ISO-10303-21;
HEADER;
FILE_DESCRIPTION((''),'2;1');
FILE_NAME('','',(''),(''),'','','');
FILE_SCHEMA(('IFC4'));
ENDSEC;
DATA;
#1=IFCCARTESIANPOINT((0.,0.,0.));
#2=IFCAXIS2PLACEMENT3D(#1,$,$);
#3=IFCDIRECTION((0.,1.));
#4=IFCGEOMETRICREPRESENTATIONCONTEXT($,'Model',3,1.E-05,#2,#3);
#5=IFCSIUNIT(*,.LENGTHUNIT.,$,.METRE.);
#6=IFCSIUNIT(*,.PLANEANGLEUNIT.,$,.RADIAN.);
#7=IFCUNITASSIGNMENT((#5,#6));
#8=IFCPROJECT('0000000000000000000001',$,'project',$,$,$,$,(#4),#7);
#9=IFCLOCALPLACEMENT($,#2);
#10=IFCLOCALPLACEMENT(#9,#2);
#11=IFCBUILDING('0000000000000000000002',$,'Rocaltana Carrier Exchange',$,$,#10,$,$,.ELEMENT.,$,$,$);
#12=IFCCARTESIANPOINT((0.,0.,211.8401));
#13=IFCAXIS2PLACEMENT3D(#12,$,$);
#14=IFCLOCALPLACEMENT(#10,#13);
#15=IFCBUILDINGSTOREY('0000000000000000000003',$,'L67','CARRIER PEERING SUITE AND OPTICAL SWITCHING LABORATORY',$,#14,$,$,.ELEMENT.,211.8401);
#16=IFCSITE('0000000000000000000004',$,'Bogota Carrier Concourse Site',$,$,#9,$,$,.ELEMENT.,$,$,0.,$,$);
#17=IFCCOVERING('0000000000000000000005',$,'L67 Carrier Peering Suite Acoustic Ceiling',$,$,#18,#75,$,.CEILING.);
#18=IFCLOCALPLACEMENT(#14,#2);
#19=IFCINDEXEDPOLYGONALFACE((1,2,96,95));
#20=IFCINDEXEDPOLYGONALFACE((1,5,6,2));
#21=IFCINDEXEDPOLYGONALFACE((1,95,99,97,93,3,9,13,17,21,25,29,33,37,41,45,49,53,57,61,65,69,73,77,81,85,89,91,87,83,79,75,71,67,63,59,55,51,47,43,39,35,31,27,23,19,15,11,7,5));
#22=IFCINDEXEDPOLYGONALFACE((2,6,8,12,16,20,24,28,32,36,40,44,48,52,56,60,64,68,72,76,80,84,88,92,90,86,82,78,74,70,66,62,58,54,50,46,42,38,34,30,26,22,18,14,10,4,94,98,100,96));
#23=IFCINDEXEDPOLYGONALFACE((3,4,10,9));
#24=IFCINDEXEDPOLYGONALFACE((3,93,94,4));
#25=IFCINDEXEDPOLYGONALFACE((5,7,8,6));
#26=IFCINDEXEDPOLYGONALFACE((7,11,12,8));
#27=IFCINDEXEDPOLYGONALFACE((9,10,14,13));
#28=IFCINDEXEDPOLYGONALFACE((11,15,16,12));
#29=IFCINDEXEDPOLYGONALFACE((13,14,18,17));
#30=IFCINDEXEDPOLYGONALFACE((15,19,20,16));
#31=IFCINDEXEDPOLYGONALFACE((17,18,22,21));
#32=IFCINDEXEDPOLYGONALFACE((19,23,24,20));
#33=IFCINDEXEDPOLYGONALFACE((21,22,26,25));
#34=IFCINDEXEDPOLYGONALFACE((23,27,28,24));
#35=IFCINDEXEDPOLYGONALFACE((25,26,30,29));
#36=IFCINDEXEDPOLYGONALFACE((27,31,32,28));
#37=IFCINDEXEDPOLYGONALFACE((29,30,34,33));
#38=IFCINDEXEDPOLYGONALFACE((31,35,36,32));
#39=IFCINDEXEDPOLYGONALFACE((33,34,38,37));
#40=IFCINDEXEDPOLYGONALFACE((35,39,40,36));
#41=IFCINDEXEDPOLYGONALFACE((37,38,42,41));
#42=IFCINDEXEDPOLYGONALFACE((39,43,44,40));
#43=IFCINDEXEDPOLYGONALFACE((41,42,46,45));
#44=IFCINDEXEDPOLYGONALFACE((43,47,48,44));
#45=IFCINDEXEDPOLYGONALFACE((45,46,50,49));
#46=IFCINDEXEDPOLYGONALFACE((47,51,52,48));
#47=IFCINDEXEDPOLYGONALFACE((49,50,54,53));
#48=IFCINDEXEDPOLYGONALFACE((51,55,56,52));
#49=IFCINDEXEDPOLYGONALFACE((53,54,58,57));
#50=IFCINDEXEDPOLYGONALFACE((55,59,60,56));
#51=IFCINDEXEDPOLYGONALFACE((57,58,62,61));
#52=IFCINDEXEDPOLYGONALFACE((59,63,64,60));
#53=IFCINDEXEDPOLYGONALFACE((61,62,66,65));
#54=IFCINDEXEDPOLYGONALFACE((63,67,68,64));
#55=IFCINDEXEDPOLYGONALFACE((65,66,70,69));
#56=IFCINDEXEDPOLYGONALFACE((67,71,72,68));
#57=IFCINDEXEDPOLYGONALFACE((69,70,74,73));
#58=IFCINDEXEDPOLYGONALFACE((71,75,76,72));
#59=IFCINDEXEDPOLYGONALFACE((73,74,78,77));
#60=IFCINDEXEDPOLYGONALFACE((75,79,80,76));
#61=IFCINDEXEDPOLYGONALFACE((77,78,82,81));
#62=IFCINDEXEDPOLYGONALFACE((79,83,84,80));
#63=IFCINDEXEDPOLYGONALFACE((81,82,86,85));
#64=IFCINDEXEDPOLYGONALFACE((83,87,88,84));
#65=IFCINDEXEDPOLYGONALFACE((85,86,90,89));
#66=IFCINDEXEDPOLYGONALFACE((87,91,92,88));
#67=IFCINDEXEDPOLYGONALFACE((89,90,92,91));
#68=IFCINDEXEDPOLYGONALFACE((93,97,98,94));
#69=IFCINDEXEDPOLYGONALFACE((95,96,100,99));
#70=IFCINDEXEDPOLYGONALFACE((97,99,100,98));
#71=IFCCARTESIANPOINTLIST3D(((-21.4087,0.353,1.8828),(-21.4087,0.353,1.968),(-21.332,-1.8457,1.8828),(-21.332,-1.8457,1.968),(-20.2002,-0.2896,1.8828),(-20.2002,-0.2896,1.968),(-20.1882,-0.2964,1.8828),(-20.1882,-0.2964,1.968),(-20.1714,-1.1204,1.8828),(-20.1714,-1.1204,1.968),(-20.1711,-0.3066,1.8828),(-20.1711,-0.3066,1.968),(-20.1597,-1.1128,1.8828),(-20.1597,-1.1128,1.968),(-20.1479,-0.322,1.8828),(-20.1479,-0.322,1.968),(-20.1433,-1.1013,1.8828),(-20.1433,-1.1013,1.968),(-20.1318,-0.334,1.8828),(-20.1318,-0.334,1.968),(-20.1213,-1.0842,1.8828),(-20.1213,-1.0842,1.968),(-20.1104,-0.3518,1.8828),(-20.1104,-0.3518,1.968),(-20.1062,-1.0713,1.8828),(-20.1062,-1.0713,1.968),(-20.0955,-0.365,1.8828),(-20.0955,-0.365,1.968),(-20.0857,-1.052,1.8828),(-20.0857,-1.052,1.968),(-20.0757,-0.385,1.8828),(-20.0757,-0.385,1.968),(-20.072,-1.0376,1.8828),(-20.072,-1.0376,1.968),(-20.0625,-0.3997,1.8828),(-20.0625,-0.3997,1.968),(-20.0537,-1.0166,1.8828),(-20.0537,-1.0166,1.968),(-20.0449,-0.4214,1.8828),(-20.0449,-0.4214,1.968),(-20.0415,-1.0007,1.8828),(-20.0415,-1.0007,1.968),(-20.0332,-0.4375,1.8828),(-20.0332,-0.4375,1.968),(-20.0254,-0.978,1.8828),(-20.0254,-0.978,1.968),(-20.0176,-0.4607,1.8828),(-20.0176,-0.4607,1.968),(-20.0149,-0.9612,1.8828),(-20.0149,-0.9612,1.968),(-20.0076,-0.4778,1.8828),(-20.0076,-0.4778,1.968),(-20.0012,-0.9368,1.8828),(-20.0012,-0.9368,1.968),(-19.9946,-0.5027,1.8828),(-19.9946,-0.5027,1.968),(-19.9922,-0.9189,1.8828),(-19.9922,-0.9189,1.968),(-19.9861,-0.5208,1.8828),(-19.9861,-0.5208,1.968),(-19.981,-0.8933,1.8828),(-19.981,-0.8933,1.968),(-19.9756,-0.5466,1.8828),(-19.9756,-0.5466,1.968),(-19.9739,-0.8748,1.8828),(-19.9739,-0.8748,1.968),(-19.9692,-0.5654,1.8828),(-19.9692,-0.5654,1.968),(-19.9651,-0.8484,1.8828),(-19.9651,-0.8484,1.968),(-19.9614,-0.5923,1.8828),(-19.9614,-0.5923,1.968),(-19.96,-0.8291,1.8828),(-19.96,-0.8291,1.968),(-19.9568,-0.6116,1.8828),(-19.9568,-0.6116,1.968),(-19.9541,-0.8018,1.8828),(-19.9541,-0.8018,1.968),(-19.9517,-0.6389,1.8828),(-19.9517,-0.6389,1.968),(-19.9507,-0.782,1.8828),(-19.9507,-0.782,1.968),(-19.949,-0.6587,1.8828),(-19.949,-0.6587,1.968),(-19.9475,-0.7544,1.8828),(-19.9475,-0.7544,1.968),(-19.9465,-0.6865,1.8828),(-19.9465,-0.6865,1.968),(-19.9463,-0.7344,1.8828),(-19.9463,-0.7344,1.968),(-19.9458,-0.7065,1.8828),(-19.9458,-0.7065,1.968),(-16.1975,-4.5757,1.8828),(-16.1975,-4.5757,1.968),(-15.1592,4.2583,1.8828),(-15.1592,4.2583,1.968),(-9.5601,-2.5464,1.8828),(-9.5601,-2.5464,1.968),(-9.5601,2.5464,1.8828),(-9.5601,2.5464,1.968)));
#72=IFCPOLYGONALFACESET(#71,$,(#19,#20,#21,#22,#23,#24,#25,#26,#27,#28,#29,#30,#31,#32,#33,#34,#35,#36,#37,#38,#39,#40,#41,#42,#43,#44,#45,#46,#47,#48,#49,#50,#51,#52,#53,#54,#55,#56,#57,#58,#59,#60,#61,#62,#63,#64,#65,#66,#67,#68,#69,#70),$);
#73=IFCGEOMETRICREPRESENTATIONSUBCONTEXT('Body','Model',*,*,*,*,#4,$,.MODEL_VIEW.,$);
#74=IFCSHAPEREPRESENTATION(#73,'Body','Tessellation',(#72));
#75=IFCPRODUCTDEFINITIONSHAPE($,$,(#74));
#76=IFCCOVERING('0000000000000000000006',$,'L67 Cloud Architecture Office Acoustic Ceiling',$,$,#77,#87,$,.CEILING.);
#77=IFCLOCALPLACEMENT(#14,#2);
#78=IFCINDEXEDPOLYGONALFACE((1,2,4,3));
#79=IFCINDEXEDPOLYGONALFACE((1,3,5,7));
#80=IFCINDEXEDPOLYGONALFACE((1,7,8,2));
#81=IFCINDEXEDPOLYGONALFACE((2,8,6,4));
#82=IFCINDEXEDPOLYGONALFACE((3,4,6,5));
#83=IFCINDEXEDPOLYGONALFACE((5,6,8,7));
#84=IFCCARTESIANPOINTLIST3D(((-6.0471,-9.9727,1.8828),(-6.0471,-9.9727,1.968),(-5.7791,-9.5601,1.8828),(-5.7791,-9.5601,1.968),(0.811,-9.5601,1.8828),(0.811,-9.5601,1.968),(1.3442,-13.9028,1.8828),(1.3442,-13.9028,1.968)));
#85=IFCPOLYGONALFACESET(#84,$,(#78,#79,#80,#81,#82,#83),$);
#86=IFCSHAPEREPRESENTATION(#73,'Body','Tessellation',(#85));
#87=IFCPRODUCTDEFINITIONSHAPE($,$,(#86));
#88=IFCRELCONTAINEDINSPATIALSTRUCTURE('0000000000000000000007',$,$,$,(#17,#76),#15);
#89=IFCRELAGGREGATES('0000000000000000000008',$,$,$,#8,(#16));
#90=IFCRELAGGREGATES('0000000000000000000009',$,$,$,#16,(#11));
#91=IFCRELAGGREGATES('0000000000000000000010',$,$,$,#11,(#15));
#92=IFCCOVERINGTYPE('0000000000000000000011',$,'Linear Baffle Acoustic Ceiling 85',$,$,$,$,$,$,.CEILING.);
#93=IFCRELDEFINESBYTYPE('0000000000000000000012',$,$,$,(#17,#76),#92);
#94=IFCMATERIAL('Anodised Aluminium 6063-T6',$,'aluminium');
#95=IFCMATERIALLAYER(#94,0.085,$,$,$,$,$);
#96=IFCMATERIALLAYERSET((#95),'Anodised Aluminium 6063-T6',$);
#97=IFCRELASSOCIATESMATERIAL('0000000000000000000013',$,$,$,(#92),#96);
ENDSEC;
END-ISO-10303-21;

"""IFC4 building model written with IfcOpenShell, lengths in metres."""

from ifc_helpers import new_model, si_unit, direction, frame, origin, place, context, subcontext, project, spatial, polyline, outline, extrude, material, layer, layer_set, type_object, element, save


model = new_model("IFC4")

# Units and contexts
model_context = context("Model", 3, precision=1e-05, world=origin(), true_north=direction((0.0, 1.0)))
body_context = subcontext(model_context, "Body", "Model", "MODEL_VIEW")
ifc_project = project(units=[si_unit("LENGTHUNIT", "METRE"), si_unit("PLANEANGLEUNIT", "RADIAN")], contexts=[model_context])

# Site, building, storey
site_placement = place(None, origin())
site = spatial("IfcSite", under=ifc_project, at=site_placement, Name="Bogota Carrier Concourse Site", CompositionType="ELEMENT", RefElevation=0.0)
building_placement = place(site_placement, origin())
building = spatial("IfcBuilding", under=site, at=building_placement, Name="Rocaltana Carrier Exchange", CompositionType="ELEMENT")
storey_placement = place(building_placement, frame((0.0, 0.0, 211.8401)))
storey = spatial("IfcBuildingStorey", under=building, at=storey_placement, Name="L67", Description="CARRIER PEERING SUITE AND OPTICAL SWITCHING LABORATORY", CompositionType="ELEMENT", Elevation=211.8401)

# Coverings
ifc_material_1 = material(Name="Anodised Aluminium 6063-T6", Category="aluminium")
ifc_layer_1 = layer(ifc_material_1, 0.085)
ifc_layer_set_1 = layer_set([ifc_layer_1], Name="Anodised Aluminium 6063-T6")
covering_type_1 = type_object("IfcCoveringType", Name="Linear Baffle Acoustic Ceiling 85", PredefinedType="CEILING", material=ifc_layer_set_1)
covering_1_placement = place(storey_placement, frame((0.0, 0.0, 1.8828)))
element("IfcCovering", 1, at=covering_1_placement, inside=storey, type_object=covering_type_1, Name="L67 Carrier Peering Suite Acoustic Ceiling", PredefinedType="CEILING", context=body_context, shape_type="SweptSolid", body=[
    extrude(outline(polyline([(-20.1714, -1.1204), (-20.1597, -1.1128), (-20.1433, -1.1013), (-20.1213, -1.0842), (-20.1062, -1.0713), (-20.0857, -1.052), (-20.072, -1.0376), (-20.0537, -1.0166), (-20.0415, -1.0007), (-20.0254, -0.978), (-20.0149, -0.9612), (-20.0012, -0.9368), (-19.9922, -0.9189), (-19.981, -0.8933), (-19.9739, -0.8748), (-19.9651, -0.8484), (-19.96, -0.8291), (-19.9541, -0.8018), (-19.9507, -0.782), (-19.9475, -0.7544), (-19.9463, -0.7344), (-19.9458, -0.7065), (-19.9465, -0.6865), (-19.949, -0.6587), (-19.9517, -0.6389), (-19.9568, -0.6116), (-19.9614, -0.5923), (-19.9692, -0.5654), (-19.9756, -0.5466), (-19.9861, -0.5208), (-19.9946, -0.5027), (-20.0076, -0.4778), (-20.0176, -0.4607), (-20.0332, -0.4375), (-20.0449, -0.4214), (-20.0625, -0.3997), (-20.0757, -0.385), (-20.0955, -0.365), (-20.1104, -0.3518), (-20.1318, -0.334), (-20.1479, -0.322), (-20.1711, -0.3066), (-20.1882, -0.2964), (-20.2002, -0.2896), (-21.4087, 0.353), (-15.1592, 4.2583), (-9.5601, 2.5464), (-9.5601, -2.5464), (-16.1975, -4.5757), (-21.332, -1.8457), (-20.1714, -1.1204)])), origin(), (0.0, 0.0, 1.0), 0.0852),
])
covering_2_placement = place(storey_placement, frame((0.0, 0.0, 1.8828)))
element("IfcCovering", 2, at=covering_2_placement, inside=storey, type_object=covering_type_1, Name="L67 Cloud Architecture Office Acoustic Ceiling", PredefinedType="CEILING", context=body_context, shape_type="SweptSolid", body=[
    extrude(outline(polyline([(-6.0471, -9.9727), (-5.7791, -9.5601), (0.811, -9.5601), (1.3442, -13.9028), (-6.0471, -9.9727)])), origin(), (0.0, 0.0, 1.0), 0.0852),
])

save(model, "model.ifc")
